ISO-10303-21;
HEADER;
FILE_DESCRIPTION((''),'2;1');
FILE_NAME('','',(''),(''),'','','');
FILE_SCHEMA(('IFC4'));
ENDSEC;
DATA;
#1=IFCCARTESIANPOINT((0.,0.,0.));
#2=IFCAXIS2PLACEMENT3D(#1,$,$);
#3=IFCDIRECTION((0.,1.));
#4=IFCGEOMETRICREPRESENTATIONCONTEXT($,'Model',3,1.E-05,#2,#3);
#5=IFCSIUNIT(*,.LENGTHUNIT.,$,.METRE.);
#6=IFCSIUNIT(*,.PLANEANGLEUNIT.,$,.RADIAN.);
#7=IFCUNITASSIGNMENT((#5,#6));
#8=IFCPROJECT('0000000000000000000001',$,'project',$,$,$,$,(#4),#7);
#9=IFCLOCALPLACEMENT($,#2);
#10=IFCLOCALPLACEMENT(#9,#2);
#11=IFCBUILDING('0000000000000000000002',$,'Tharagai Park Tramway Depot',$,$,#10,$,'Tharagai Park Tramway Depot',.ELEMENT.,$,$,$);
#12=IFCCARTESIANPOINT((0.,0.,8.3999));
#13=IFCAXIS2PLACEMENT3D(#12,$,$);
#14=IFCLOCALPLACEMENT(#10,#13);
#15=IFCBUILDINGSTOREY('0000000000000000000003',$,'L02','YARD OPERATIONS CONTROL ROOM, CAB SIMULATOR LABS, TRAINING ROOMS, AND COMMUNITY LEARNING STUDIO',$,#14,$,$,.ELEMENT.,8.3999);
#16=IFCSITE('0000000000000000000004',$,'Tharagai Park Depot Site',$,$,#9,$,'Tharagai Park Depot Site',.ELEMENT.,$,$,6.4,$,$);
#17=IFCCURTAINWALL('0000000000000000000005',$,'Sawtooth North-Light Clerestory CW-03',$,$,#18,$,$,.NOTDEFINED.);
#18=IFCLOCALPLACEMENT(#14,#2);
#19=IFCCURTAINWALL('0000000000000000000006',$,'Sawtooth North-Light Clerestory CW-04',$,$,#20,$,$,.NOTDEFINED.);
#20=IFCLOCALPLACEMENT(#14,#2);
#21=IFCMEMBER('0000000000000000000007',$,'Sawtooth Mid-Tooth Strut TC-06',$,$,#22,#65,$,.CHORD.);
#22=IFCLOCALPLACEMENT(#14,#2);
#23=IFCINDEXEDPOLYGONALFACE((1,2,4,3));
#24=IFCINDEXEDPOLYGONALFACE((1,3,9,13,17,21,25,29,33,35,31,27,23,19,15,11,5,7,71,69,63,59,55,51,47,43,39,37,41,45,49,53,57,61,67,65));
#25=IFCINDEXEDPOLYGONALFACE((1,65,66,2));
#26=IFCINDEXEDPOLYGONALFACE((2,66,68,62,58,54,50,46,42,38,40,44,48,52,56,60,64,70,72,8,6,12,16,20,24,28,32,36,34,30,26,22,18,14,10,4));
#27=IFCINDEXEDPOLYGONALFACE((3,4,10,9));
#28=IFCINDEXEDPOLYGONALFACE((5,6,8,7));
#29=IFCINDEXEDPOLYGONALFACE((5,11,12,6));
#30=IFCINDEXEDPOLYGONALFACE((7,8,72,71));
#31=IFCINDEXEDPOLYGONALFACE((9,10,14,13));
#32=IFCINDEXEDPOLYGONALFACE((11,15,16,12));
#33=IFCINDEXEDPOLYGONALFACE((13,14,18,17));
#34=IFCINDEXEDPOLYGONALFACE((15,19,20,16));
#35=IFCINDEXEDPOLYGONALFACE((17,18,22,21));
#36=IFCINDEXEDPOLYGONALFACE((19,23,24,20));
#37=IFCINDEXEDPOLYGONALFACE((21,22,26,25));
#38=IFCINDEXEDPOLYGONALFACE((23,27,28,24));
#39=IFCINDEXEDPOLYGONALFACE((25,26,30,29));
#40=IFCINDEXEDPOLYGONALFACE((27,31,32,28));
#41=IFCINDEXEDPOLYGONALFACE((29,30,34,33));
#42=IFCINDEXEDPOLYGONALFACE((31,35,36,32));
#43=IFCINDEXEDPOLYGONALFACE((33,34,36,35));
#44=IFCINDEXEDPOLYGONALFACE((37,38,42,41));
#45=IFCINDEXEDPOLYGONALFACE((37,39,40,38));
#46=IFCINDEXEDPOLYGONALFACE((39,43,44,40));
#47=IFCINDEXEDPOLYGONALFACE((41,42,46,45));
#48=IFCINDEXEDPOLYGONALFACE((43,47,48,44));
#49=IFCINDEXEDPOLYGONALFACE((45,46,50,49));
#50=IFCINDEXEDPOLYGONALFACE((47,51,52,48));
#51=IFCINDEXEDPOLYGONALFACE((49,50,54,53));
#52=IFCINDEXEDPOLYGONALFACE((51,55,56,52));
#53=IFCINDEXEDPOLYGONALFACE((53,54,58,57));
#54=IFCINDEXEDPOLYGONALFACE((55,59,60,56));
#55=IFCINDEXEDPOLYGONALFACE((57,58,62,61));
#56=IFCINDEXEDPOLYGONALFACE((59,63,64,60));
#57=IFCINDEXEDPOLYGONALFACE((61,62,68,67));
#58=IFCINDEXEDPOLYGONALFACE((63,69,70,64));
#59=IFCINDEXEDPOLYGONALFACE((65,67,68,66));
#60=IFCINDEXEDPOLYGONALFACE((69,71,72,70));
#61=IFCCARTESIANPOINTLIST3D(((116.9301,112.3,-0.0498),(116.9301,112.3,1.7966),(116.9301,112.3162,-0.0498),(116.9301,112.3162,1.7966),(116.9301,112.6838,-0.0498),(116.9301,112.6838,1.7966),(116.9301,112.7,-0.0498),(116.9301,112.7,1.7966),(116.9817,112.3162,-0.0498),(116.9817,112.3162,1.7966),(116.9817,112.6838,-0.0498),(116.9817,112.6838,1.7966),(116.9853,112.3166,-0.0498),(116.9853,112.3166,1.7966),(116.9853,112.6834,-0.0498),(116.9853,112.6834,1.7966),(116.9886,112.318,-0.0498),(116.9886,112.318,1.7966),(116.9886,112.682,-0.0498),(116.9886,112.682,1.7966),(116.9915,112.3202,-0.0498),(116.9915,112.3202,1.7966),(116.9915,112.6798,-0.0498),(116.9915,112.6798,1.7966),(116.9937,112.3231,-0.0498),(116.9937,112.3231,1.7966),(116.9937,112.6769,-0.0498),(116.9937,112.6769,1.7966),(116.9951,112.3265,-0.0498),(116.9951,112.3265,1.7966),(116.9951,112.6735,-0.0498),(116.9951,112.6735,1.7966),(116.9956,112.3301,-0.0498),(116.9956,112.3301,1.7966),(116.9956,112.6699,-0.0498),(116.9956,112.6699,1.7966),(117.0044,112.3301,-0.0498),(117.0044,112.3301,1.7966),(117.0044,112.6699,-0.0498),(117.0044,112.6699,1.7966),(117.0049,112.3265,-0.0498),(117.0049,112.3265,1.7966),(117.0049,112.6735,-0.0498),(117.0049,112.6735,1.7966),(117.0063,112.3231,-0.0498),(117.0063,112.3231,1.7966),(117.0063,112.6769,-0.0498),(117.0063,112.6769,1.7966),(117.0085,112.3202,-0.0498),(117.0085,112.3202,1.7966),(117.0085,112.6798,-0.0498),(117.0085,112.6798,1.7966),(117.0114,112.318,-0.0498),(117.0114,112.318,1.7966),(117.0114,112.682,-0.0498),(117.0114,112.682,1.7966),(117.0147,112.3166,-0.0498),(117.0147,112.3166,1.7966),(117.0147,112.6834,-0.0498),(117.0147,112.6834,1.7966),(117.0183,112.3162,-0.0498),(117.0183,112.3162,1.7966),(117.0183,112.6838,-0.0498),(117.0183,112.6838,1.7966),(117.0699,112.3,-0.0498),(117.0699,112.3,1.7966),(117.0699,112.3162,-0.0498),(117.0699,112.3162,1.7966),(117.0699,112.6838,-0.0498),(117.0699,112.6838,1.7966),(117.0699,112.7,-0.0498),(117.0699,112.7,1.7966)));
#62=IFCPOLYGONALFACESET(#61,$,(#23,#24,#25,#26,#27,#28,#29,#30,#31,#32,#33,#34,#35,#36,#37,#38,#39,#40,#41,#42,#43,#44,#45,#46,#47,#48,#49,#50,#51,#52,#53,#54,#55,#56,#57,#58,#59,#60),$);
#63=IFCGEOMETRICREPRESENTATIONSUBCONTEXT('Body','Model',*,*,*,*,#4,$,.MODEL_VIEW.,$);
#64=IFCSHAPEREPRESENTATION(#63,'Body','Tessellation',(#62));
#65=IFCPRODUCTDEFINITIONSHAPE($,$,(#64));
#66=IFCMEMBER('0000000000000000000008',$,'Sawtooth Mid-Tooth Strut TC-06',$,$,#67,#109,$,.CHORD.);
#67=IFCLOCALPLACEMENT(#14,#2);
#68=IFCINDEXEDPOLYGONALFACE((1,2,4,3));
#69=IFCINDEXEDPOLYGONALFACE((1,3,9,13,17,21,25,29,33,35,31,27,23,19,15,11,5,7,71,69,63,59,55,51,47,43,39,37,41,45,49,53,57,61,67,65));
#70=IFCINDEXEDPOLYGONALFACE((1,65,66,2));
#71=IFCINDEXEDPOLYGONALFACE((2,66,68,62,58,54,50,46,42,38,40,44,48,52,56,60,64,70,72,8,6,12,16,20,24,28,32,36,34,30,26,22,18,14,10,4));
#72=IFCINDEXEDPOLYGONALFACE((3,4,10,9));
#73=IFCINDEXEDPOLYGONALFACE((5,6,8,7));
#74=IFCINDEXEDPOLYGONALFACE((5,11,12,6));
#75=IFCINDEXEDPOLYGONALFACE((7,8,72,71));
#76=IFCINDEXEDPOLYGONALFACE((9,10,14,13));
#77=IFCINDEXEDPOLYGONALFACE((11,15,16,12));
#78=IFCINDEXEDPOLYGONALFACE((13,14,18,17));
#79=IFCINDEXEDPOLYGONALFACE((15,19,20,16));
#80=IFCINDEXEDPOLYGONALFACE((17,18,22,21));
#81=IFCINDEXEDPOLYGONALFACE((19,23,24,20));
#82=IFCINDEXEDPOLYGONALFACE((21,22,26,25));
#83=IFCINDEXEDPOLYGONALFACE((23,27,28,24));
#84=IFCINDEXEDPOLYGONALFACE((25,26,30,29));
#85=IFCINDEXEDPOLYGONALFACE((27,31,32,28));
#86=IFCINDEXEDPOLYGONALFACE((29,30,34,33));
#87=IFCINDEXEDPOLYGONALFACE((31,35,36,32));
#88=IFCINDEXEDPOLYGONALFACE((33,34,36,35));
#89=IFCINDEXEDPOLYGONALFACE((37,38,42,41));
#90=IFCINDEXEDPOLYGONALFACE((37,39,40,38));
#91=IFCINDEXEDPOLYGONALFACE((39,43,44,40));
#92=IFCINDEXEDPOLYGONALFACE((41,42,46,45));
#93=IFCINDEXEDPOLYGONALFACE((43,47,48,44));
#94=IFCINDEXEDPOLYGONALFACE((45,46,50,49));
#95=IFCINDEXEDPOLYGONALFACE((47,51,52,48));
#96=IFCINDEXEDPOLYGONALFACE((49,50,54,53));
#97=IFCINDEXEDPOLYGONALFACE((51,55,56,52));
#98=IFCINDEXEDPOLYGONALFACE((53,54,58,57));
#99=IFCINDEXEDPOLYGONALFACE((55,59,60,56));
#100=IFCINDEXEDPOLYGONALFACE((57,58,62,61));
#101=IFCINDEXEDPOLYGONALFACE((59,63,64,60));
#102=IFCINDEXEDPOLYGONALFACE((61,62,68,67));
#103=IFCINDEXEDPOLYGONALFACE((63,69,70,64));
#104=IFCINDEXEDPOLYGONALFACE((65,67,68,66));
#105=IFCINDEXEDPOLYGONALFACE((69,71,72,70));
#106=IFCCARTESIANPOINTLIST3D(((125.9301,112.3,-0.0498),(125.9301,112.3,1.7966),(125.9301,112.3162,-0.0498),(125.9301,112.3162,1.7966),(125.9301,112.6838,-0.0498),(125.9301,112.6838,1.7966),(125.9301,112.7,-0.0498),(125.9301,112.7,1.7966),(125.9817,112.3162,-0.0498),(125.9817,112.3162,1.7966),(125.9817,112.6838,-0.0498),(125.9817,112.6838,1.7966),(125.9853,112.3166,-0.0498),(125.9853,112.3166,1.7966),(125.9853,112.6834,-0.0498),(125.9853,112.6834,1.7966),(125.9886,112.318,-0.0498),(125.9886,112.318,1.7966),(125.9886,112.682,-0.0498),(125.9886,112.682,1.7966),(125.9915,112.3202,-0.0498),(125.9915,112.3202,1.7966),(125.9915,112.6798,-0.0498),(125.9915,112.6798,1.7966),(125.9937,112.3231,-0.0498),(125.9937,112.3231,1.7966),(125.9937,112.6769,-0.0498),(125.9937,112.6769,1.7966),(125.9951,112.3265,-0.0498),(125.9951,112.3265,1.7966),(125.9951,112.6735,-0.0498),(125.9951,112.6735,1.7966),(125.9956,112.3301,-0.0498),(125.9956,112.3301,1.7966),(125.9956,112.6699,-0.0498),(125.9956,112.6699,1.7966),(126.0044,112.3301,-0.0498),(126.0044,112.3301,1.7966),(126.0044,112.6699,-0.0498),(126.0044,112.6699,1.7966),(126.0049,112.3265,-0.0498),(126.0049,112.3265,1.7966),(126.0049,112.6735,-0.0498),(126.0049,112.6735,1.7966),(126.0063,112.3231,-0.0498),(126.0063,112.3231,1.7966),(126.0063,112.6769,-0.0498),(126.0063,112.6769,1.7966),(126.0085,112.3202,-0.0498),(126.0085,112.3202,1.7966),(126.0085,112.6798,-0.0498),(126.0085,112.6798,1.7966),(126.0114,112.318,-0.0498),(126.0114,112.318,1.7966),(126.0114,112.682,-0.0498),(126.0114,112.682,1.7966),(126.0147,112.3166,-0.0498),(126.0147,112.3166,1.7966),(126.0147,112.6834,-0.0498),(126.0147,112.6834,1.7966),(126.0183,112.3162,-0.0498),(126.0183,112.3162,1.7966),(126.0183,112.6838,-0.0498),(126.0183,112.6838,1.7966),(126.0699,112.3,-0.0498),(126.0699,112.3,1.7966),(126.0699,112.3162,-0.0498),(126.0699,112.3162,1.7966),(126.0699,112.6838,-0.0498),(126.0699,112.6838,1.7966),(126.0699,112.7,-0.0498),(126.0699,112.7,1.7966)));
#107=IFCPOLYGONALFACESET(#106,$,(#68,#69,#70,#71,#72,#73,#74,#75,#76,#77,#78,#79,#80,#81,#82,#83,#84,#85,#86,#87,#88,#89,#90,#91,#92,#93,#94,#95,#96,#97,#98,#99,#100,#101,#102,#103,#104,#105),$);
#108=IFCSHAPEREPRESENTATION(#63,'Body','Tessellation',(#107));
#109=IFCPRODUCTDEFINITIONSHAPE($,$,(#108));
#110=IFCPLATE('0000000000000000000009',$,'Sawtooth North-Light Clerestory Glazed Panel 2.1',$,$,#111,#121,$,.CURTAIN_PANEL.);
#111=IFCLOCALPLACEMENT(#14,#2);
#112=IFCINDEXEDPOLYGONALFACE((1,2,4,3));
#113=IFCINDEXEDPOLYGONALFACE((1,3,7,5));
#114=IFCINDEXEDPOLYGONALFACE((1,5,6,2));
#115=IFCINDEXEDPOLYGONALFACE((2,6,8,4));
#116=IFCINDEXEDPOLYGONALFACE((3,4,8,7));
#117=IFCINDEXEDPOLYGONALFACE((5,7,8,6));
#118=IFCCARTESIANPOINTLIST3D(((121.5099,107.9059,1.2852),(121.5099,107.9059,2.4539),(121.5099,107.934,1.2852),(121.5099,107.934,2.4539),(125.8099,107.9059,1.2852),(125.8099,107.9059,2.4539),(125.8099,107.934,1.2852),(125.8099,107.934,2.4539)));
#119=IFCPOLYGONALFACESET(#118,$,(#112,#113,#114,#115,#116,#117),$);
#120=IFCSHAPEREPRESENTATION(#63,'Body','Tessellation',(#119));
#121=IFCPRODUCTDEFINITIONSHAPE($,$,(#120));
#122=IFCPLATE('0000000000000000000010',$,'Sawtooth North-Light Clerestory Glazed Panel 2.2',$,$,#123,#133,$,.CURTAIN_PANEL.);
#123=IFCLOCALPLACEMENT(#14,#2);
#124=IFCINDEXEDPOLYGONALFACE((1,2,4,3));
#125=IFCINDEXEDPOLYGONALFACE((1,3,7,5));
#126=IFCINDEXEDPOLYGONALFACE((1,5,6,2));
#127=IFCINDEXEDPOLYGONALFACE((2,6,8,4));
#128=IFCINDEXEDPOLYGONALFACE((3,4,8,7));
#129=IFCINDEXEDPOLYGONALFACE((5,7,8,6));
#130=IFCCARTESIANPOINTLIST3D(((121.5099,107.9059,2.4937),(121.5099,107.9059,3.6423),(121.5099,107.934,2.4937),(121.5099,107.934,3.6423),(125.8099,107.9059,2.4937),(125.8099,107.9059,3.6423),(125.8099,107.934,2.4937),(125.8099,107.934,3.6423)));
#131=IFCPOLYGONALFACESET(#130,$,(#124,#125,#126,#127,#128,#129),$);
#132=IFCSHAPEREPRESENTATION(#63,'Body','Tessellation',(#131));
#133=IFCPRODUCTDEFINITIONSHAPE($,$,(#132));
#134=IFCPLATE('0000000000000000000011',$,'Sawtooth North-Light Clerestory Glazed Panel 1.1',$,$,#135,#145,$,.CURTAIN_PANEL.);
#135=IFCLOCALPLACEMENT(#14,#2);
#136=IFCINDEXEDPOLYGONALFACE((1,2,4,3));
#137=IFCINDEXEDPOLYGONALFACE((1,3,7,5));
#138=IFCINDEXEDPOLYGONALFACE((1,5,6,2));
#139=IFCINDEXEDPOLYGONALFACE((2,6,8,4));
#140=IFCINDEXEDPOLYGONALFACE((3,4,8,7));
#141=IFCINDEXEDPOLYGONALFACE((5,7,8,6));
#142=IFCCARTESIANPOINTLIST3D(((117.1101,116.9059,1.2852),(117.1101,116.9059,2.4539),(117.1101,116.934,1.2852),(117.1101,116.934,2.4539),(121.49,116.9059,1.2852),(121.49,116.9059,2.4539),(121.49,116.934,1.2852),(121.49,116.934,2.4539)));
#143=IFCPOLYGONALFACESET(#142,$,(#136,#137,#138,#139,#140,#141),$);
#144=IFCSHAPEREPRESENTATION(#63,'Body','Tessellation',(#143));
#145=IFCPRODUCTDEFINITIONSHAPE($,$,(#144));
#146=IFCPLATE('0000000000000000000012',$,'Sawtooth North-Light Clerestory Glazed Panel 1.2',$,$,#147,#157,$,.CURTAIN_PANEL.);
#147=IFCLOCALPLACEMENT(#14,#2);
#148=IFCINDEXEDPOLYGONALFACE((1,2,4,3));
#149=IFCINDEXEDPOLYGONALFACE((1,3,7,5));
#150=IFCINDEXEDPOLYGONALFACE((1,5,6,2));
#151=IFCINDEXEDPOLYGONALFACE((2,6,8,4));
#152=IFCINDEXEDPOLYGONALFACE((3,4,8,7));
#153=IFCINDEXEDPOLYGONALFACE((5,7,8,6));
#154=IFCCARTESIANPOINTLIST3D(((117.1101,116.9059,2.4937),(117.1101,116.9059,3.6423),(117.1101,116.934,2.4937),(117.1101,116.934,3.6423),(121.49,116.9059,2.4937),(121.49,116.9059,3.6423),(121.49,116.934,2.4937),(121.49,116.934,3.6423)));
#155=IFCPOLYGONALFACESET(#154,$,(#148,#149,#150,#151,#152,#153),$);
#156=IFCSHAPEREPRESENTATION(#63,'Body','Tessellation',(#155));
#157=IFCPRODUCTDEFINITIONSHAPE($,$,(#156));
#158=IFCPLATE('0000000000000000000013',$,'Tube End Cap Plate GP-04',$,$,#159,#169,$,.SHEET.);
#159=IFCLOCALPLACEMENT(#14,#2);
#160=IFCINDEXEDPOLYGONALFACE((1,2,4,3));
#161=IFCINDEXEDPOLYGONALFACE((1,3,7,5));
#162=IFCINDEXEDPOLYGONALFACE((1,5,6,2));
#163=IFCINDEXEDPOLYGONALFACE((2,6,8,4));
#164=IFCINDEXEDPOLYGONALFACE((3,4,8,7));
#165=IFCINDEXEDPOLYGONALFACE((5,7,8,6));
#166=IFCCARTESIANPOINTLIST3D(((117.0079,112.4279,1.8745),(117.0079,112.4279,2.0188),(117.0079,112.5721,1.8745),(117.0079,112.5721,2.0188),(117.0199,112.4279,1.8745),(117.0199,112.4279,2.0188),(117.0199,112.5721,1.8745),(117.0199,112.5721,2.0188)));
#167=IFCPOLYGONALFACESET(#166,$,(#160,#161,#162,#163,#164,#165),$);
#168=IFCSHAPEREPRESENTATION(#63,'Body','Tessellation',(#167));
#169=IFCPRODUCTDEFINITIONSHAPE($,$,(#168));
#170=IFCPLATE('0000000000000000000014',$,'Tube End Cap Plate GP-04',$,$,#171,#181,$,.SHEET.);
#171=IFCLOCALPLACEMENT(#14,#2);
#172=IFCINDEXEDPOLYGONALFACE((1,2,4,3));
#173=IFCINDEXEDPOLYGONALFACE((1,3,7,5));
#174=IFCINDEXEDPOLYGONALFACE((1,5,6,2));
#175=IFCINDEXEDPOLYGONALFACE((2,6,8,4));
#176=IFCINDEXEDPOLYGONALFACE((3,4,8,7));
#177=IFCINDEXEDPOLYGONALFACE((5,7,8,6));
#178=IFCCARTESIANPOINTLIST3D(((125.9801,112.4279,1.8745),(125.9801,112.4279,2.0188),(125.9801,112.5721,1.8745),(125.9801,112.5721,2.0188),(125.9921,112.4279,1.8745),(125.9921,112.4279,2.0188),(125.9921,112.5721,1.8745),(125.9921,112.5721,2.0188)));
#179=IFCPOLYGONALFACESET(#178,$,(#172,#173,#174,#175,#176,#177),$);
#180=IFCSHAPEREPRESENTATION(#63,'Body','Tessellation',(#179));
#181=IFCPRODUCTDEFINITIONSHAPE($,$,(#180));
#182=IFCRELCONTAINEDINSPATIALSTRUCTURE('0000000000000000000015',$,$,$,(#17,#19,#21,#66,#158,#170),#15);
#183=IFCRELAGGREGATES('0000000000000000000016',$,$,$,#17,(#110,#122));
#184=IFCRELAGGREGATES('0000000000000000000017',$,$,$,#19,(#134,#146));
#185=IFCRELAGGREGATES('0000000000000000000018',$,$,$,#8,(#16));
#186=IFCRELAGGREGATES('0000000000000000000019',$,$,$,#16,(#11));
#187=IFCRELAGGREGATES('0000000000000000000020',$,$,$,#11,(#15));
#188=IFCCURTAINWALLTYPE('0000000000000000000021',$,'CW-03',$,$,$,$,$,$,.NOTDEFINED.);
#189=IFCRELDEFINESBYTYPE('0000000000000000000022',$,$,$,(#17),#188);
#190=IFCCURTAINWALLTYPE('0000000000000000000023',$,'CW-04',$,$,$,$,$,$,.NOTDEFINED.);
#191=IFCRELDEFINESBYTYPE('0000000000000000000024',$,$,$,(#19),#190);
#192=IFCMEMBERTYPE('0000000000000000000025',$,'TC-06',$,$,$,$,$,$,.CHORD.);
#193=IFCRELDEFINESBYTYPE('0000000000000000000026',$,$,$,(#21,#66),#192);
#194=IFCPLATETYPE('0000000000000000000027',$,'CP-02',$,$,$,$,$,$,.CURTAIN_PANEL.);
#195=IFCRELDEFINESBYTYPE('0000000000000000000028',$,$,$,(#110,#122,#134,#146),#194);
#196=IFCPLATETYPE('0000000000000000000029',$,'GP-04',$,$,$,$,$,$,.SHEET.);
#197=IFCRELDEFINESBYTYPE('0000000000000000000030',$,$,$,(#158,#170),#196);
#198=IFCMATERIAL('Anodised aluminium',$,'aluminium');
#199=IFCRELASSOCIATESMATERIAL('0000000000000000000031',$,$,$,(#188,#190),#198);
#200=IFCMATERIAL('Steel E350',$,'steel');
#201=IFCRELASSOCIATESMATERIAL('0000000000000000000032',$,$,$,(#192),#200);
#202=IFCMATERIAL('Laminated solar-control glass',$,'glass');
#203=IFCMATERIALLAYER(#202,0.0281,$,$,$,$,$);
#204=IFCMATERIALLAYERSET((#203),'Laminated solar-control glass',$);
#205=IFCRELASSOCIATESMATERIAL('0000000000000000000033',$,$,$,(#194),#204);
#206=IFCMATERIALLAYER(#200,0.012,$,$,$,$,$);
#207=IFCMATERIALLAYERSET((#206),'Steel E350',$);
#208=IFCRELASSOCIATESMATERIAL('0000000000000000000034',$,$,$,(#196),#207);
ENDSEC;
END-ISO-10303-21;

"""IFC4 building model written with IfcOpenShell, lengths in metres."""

from ifc_helpers import new_model, si_unit, direction, frame, origin, origin_2d, place, context, subcontext, project, spatial, rectangle, i_section, extrude, material, layer, layer_set, material_profile, profile_set, type_object, element, aggregate, save


model = new_model("IFC4")

# Units and contexts
model_context = context("Model", 3, precision=1e-05, world=origin(), true_north=direction((0.0, 1.0)))
body_context = subcontext(model_context, "Body", "Model", "MODEL_VIEW")
ifc_project = project(units=[si_unit("LENGTHUNIT", "METRE"), si_unit("PLANEANGLEUNIT", "RADIAN")], contexts=[model_context])

# Site, building, storey
site_placement = place(None, origin())
site = spatial("IfcSite", under=ifc_project, at=site_placement, Name="Tharagai Park Depot Site", LongName="Tharagai Park Depot Site", CompositionType="ELEMENT", RefElevation=6.4)
building_placement = place(site_placement, origin())
building = spatial("IfcBuilding", under=site, at=building_placement, Name="Tharagai Park Tramway Depot", LongName="Tharagai Park Tramway Depot", CompositionType="ELEMENT")
storey_placement = place(building_placement, frame((0.0, 0.0, 8.3999)))
storey = spatial("IfcBuildingStorey", under=building, at=storey_placement, Name="L02", Description="YARD OPERATIONS CONTROL ROOM, CAB SIMULATOR LABS, TRAINING ROOMS, AND COMMUNITY LEARNING STUDIO", CompositionType="ELEMENT", Elevation=8.3999)

# Shared definitions
ifc_material_1 = material(Name="Steel E350", Category="steel")

# Curtain walls
ifc_material_2 = material(Name="Anodised aluminium", Category="aluminium")
curtain_wall_type_1 = type_object("IfcCurtainWallType", Name="CW-03", PredefinedType="NOTDEFINED", material=ifc_material_2)
curtain_wall_1_placement = place(storey_placement, origin())
curtain_wall_1 = element("IfcCurtainWall", 1, at=curtain_wall_1_placement, inside=storey, type_object=curtain_wall_type_1, Name="Sawtooth North-Light Clerestory CW-03", PredefinedType="NOTDEFINED")
curtain_wall_type_2 = type_object("IfcCurtainWallType", Name="CW-04", PredefinedType="NOTDEFINED", material=ifc_material_2)
curtain_wall_2_placement = place(storey_placement, origin())
curtain_wall_2 = element("IfcCurtainWall", 2, at=curtain_wall_2_placement, inside=storey, type_object=curtain_wall_type_2, Name="Sawtooth North-Light Clerestory CW-04", PredefinedType="NOTDEFINED")

# Members
ifc_material_profile_1 = material_profile(ifc_material_1, i_section(OverallWidth=0.1399, OverallDepth=0.3999, WebThickness=0.0088, FlangeThickness=0.0161, FilletRadius=0.0139, at=origin_2d()), Name="ISMB 400")
ifc_profile_set_1 = profile_set([ifc_material_profile_1], Name="Steel E350")
member_type_1 = type_object("IfcMemberType", Name="TC-06", PredefinedType="CHORD", material=ifc_profile_set_1)
for number, where, z_axis, x_axis, name in (
    (3, (117.0, 112.5, -0.0498), (0.0, 0.0, 1.0), (1.0, 0.0, 0.0), "Sawtooth Mid-Tooth Strut TC-06"),
    (4, (126.0, 112.5, -0.0498), (0.0, 0.0, 1.0), (1.0, 0.0, 0.0), "Sawtooth Mid-Tooth Strut TC-06"),
):
    element("IfcMember", number, at=place(storey_placement, frame(where, z_axis=z_axis, x_axis=x_axis)), inside=storey, type_object=member_type_1, Name=name, PredefinedType="CHORD", context=body_context, shape_type="SweptSolid", body=[
        extrude(i_section(OverallWidth=0.1399, OverallDepth=0.3999, WebThickness=0.0088, FlangeThickness=0.0161, FilletRadius=0.0139, at=origin_2d()), origin(), (0.0, 0.0, 1.0), 1.8464),
    ])

# Plates
ifc_material_3 = material(Name="Laminated solar-control glass", Category="glass")
ifc_layer_1 = layer(ifc_material_3, 0.0281)
ifc_layer_set_1 = layer_set([ifc_layer_1], Name="Laminated solar-control glass")
plate_type_1 = type_object("IfcPlateType", Name="CP-02", PredefinedType="CURTAIN_PANEL", material=ifc_layer_set_1)
plate_1_placement = place(storey_placement, frame((123.6599, 107.9199, 1.2852), z_axis=(0.0, 0.0, 1.0), x_axis=(1.0, 0.0, 0.0)))
plate_1 = element("IfcPlate", 5, at=plate_1_placement, type_object=plate_type_1, Name="Sawtooth North-Light Clerestory Glazed Panel 2.1", PredefinedType="CURTAIN_PANEL", context=body_context, shape_type="SweptSolid", body=[
    extrude(rectangle(XDim=4.3, YDim=0.0281, at=origin_2d()), origin(), (0.0, 0.0, 1.0), 1.1687),
])
plate_2_placement = place(storey_placement, frame((123.6599, 107.9199, 2.4937), z_axis=(0.0, 0.0, 1.0), x_axis=(1.0, 0.0, 0.0)))
plate_2 = element("IfcPlate", 6, at=plate_2_placement, type_object=plate_type_1, Name="Sawtooth North-Light Clerestory Glazed Panel 2.2", PredefinedType="CURTAIN_PANEL", context=body_context, shape_type="SweptSolid", body=[
    extrude(rectangle(XDim=4.3, YDim=0.0281, at=origin_2d()), origin(), (0.0, 0.0, 1.0), 1.1487),
])
aggregate(curtain_wall_1, [plate_1, plate_2])
plate_3_placement = place(storey_placement, frame((119.3, 116.9199, 1.2852), z_axis=(0.0, 0.0, 1.0), x_axis=(1.0, 0.0, 0.0)))
plate_3 = element("IfcPlate", 7, at=plate_3_placement, type_object=plate_type_1, Name="Sawtooth North-Light Clerestory Glazed Panel 1.1", PredefinedType="CURTAIN_PANEL", context=body_context, shape_type="SweptSolid", body=[
    extrude(rectangle(XDim=4.3799, YDim=0.0281, at=origin_2d()), origin(), (0.0, 0.0, 1.0), 1.1687),
])
plate_4_placement = place(storey_placement, frame((119.3, 116.9199, 2.4937), z_axis=(0.0, 0.0, 1.0), x_axis=(1.0, 0.0, 0.0)))
plate_4 = element("IfcPlate", 8, at=plate_4_placement, type_object=plate_type_1, Name="Sawtooth North-Light Clerestory Glazed Panel 1.2", PredefinedType="CURTAIN_PANEL", context=body_context, shape_type="SweptSolid", body=[
    extrude(rectangle(XDim=4.3799, YDim=0.0281, at=origin_2d()), origin(), (0.0, 0.0, 1.0), 1.1487),
])
aggregate(curtain_wall_2, [plate_3, plate_4])

# Plates
ifc_layer_2 = layer(ifc_material_1, 0.012)
ifc_layer_set_2 = layer_set([ifc_layer_2], Name="Steel E350")
plate_type_2 = type_object("IfcPlateType", Name="GP-04", PredefinedType="SHEET", material=ifc_layer_set_2)
for number, where, z_axis, x_axis, name in (
    (9, (117.0139, 112.5, 1.8745), (0.0, 0.0, 1.0), (1.0, 0.0, 0.0), "Tube End Cap Plate GP-04"),
    (10, (125.9861, 112.5, 1.8745), (0.0, 0.0, 1.0), (1.0, 0.0, 0.0), "Tube End Cap Plate GP-04"),
):
    element("IfcPlate", number, at=place(storey_placement, frame(where, z_axis=z_axis, x_axis=x_axis)), inside=storey, type_object=plate_type_2, Name=name, PredefinedType="SHEET", context=body_context, shape_type="SweptSolid", body=[
        extrude(rectangle(XDim=0.012, YDim=0.1443, at=origin_2d()), origin(), (0.0, 0.0, 1.0), 0.1443),
    ])

save(model, "model.ifc")
